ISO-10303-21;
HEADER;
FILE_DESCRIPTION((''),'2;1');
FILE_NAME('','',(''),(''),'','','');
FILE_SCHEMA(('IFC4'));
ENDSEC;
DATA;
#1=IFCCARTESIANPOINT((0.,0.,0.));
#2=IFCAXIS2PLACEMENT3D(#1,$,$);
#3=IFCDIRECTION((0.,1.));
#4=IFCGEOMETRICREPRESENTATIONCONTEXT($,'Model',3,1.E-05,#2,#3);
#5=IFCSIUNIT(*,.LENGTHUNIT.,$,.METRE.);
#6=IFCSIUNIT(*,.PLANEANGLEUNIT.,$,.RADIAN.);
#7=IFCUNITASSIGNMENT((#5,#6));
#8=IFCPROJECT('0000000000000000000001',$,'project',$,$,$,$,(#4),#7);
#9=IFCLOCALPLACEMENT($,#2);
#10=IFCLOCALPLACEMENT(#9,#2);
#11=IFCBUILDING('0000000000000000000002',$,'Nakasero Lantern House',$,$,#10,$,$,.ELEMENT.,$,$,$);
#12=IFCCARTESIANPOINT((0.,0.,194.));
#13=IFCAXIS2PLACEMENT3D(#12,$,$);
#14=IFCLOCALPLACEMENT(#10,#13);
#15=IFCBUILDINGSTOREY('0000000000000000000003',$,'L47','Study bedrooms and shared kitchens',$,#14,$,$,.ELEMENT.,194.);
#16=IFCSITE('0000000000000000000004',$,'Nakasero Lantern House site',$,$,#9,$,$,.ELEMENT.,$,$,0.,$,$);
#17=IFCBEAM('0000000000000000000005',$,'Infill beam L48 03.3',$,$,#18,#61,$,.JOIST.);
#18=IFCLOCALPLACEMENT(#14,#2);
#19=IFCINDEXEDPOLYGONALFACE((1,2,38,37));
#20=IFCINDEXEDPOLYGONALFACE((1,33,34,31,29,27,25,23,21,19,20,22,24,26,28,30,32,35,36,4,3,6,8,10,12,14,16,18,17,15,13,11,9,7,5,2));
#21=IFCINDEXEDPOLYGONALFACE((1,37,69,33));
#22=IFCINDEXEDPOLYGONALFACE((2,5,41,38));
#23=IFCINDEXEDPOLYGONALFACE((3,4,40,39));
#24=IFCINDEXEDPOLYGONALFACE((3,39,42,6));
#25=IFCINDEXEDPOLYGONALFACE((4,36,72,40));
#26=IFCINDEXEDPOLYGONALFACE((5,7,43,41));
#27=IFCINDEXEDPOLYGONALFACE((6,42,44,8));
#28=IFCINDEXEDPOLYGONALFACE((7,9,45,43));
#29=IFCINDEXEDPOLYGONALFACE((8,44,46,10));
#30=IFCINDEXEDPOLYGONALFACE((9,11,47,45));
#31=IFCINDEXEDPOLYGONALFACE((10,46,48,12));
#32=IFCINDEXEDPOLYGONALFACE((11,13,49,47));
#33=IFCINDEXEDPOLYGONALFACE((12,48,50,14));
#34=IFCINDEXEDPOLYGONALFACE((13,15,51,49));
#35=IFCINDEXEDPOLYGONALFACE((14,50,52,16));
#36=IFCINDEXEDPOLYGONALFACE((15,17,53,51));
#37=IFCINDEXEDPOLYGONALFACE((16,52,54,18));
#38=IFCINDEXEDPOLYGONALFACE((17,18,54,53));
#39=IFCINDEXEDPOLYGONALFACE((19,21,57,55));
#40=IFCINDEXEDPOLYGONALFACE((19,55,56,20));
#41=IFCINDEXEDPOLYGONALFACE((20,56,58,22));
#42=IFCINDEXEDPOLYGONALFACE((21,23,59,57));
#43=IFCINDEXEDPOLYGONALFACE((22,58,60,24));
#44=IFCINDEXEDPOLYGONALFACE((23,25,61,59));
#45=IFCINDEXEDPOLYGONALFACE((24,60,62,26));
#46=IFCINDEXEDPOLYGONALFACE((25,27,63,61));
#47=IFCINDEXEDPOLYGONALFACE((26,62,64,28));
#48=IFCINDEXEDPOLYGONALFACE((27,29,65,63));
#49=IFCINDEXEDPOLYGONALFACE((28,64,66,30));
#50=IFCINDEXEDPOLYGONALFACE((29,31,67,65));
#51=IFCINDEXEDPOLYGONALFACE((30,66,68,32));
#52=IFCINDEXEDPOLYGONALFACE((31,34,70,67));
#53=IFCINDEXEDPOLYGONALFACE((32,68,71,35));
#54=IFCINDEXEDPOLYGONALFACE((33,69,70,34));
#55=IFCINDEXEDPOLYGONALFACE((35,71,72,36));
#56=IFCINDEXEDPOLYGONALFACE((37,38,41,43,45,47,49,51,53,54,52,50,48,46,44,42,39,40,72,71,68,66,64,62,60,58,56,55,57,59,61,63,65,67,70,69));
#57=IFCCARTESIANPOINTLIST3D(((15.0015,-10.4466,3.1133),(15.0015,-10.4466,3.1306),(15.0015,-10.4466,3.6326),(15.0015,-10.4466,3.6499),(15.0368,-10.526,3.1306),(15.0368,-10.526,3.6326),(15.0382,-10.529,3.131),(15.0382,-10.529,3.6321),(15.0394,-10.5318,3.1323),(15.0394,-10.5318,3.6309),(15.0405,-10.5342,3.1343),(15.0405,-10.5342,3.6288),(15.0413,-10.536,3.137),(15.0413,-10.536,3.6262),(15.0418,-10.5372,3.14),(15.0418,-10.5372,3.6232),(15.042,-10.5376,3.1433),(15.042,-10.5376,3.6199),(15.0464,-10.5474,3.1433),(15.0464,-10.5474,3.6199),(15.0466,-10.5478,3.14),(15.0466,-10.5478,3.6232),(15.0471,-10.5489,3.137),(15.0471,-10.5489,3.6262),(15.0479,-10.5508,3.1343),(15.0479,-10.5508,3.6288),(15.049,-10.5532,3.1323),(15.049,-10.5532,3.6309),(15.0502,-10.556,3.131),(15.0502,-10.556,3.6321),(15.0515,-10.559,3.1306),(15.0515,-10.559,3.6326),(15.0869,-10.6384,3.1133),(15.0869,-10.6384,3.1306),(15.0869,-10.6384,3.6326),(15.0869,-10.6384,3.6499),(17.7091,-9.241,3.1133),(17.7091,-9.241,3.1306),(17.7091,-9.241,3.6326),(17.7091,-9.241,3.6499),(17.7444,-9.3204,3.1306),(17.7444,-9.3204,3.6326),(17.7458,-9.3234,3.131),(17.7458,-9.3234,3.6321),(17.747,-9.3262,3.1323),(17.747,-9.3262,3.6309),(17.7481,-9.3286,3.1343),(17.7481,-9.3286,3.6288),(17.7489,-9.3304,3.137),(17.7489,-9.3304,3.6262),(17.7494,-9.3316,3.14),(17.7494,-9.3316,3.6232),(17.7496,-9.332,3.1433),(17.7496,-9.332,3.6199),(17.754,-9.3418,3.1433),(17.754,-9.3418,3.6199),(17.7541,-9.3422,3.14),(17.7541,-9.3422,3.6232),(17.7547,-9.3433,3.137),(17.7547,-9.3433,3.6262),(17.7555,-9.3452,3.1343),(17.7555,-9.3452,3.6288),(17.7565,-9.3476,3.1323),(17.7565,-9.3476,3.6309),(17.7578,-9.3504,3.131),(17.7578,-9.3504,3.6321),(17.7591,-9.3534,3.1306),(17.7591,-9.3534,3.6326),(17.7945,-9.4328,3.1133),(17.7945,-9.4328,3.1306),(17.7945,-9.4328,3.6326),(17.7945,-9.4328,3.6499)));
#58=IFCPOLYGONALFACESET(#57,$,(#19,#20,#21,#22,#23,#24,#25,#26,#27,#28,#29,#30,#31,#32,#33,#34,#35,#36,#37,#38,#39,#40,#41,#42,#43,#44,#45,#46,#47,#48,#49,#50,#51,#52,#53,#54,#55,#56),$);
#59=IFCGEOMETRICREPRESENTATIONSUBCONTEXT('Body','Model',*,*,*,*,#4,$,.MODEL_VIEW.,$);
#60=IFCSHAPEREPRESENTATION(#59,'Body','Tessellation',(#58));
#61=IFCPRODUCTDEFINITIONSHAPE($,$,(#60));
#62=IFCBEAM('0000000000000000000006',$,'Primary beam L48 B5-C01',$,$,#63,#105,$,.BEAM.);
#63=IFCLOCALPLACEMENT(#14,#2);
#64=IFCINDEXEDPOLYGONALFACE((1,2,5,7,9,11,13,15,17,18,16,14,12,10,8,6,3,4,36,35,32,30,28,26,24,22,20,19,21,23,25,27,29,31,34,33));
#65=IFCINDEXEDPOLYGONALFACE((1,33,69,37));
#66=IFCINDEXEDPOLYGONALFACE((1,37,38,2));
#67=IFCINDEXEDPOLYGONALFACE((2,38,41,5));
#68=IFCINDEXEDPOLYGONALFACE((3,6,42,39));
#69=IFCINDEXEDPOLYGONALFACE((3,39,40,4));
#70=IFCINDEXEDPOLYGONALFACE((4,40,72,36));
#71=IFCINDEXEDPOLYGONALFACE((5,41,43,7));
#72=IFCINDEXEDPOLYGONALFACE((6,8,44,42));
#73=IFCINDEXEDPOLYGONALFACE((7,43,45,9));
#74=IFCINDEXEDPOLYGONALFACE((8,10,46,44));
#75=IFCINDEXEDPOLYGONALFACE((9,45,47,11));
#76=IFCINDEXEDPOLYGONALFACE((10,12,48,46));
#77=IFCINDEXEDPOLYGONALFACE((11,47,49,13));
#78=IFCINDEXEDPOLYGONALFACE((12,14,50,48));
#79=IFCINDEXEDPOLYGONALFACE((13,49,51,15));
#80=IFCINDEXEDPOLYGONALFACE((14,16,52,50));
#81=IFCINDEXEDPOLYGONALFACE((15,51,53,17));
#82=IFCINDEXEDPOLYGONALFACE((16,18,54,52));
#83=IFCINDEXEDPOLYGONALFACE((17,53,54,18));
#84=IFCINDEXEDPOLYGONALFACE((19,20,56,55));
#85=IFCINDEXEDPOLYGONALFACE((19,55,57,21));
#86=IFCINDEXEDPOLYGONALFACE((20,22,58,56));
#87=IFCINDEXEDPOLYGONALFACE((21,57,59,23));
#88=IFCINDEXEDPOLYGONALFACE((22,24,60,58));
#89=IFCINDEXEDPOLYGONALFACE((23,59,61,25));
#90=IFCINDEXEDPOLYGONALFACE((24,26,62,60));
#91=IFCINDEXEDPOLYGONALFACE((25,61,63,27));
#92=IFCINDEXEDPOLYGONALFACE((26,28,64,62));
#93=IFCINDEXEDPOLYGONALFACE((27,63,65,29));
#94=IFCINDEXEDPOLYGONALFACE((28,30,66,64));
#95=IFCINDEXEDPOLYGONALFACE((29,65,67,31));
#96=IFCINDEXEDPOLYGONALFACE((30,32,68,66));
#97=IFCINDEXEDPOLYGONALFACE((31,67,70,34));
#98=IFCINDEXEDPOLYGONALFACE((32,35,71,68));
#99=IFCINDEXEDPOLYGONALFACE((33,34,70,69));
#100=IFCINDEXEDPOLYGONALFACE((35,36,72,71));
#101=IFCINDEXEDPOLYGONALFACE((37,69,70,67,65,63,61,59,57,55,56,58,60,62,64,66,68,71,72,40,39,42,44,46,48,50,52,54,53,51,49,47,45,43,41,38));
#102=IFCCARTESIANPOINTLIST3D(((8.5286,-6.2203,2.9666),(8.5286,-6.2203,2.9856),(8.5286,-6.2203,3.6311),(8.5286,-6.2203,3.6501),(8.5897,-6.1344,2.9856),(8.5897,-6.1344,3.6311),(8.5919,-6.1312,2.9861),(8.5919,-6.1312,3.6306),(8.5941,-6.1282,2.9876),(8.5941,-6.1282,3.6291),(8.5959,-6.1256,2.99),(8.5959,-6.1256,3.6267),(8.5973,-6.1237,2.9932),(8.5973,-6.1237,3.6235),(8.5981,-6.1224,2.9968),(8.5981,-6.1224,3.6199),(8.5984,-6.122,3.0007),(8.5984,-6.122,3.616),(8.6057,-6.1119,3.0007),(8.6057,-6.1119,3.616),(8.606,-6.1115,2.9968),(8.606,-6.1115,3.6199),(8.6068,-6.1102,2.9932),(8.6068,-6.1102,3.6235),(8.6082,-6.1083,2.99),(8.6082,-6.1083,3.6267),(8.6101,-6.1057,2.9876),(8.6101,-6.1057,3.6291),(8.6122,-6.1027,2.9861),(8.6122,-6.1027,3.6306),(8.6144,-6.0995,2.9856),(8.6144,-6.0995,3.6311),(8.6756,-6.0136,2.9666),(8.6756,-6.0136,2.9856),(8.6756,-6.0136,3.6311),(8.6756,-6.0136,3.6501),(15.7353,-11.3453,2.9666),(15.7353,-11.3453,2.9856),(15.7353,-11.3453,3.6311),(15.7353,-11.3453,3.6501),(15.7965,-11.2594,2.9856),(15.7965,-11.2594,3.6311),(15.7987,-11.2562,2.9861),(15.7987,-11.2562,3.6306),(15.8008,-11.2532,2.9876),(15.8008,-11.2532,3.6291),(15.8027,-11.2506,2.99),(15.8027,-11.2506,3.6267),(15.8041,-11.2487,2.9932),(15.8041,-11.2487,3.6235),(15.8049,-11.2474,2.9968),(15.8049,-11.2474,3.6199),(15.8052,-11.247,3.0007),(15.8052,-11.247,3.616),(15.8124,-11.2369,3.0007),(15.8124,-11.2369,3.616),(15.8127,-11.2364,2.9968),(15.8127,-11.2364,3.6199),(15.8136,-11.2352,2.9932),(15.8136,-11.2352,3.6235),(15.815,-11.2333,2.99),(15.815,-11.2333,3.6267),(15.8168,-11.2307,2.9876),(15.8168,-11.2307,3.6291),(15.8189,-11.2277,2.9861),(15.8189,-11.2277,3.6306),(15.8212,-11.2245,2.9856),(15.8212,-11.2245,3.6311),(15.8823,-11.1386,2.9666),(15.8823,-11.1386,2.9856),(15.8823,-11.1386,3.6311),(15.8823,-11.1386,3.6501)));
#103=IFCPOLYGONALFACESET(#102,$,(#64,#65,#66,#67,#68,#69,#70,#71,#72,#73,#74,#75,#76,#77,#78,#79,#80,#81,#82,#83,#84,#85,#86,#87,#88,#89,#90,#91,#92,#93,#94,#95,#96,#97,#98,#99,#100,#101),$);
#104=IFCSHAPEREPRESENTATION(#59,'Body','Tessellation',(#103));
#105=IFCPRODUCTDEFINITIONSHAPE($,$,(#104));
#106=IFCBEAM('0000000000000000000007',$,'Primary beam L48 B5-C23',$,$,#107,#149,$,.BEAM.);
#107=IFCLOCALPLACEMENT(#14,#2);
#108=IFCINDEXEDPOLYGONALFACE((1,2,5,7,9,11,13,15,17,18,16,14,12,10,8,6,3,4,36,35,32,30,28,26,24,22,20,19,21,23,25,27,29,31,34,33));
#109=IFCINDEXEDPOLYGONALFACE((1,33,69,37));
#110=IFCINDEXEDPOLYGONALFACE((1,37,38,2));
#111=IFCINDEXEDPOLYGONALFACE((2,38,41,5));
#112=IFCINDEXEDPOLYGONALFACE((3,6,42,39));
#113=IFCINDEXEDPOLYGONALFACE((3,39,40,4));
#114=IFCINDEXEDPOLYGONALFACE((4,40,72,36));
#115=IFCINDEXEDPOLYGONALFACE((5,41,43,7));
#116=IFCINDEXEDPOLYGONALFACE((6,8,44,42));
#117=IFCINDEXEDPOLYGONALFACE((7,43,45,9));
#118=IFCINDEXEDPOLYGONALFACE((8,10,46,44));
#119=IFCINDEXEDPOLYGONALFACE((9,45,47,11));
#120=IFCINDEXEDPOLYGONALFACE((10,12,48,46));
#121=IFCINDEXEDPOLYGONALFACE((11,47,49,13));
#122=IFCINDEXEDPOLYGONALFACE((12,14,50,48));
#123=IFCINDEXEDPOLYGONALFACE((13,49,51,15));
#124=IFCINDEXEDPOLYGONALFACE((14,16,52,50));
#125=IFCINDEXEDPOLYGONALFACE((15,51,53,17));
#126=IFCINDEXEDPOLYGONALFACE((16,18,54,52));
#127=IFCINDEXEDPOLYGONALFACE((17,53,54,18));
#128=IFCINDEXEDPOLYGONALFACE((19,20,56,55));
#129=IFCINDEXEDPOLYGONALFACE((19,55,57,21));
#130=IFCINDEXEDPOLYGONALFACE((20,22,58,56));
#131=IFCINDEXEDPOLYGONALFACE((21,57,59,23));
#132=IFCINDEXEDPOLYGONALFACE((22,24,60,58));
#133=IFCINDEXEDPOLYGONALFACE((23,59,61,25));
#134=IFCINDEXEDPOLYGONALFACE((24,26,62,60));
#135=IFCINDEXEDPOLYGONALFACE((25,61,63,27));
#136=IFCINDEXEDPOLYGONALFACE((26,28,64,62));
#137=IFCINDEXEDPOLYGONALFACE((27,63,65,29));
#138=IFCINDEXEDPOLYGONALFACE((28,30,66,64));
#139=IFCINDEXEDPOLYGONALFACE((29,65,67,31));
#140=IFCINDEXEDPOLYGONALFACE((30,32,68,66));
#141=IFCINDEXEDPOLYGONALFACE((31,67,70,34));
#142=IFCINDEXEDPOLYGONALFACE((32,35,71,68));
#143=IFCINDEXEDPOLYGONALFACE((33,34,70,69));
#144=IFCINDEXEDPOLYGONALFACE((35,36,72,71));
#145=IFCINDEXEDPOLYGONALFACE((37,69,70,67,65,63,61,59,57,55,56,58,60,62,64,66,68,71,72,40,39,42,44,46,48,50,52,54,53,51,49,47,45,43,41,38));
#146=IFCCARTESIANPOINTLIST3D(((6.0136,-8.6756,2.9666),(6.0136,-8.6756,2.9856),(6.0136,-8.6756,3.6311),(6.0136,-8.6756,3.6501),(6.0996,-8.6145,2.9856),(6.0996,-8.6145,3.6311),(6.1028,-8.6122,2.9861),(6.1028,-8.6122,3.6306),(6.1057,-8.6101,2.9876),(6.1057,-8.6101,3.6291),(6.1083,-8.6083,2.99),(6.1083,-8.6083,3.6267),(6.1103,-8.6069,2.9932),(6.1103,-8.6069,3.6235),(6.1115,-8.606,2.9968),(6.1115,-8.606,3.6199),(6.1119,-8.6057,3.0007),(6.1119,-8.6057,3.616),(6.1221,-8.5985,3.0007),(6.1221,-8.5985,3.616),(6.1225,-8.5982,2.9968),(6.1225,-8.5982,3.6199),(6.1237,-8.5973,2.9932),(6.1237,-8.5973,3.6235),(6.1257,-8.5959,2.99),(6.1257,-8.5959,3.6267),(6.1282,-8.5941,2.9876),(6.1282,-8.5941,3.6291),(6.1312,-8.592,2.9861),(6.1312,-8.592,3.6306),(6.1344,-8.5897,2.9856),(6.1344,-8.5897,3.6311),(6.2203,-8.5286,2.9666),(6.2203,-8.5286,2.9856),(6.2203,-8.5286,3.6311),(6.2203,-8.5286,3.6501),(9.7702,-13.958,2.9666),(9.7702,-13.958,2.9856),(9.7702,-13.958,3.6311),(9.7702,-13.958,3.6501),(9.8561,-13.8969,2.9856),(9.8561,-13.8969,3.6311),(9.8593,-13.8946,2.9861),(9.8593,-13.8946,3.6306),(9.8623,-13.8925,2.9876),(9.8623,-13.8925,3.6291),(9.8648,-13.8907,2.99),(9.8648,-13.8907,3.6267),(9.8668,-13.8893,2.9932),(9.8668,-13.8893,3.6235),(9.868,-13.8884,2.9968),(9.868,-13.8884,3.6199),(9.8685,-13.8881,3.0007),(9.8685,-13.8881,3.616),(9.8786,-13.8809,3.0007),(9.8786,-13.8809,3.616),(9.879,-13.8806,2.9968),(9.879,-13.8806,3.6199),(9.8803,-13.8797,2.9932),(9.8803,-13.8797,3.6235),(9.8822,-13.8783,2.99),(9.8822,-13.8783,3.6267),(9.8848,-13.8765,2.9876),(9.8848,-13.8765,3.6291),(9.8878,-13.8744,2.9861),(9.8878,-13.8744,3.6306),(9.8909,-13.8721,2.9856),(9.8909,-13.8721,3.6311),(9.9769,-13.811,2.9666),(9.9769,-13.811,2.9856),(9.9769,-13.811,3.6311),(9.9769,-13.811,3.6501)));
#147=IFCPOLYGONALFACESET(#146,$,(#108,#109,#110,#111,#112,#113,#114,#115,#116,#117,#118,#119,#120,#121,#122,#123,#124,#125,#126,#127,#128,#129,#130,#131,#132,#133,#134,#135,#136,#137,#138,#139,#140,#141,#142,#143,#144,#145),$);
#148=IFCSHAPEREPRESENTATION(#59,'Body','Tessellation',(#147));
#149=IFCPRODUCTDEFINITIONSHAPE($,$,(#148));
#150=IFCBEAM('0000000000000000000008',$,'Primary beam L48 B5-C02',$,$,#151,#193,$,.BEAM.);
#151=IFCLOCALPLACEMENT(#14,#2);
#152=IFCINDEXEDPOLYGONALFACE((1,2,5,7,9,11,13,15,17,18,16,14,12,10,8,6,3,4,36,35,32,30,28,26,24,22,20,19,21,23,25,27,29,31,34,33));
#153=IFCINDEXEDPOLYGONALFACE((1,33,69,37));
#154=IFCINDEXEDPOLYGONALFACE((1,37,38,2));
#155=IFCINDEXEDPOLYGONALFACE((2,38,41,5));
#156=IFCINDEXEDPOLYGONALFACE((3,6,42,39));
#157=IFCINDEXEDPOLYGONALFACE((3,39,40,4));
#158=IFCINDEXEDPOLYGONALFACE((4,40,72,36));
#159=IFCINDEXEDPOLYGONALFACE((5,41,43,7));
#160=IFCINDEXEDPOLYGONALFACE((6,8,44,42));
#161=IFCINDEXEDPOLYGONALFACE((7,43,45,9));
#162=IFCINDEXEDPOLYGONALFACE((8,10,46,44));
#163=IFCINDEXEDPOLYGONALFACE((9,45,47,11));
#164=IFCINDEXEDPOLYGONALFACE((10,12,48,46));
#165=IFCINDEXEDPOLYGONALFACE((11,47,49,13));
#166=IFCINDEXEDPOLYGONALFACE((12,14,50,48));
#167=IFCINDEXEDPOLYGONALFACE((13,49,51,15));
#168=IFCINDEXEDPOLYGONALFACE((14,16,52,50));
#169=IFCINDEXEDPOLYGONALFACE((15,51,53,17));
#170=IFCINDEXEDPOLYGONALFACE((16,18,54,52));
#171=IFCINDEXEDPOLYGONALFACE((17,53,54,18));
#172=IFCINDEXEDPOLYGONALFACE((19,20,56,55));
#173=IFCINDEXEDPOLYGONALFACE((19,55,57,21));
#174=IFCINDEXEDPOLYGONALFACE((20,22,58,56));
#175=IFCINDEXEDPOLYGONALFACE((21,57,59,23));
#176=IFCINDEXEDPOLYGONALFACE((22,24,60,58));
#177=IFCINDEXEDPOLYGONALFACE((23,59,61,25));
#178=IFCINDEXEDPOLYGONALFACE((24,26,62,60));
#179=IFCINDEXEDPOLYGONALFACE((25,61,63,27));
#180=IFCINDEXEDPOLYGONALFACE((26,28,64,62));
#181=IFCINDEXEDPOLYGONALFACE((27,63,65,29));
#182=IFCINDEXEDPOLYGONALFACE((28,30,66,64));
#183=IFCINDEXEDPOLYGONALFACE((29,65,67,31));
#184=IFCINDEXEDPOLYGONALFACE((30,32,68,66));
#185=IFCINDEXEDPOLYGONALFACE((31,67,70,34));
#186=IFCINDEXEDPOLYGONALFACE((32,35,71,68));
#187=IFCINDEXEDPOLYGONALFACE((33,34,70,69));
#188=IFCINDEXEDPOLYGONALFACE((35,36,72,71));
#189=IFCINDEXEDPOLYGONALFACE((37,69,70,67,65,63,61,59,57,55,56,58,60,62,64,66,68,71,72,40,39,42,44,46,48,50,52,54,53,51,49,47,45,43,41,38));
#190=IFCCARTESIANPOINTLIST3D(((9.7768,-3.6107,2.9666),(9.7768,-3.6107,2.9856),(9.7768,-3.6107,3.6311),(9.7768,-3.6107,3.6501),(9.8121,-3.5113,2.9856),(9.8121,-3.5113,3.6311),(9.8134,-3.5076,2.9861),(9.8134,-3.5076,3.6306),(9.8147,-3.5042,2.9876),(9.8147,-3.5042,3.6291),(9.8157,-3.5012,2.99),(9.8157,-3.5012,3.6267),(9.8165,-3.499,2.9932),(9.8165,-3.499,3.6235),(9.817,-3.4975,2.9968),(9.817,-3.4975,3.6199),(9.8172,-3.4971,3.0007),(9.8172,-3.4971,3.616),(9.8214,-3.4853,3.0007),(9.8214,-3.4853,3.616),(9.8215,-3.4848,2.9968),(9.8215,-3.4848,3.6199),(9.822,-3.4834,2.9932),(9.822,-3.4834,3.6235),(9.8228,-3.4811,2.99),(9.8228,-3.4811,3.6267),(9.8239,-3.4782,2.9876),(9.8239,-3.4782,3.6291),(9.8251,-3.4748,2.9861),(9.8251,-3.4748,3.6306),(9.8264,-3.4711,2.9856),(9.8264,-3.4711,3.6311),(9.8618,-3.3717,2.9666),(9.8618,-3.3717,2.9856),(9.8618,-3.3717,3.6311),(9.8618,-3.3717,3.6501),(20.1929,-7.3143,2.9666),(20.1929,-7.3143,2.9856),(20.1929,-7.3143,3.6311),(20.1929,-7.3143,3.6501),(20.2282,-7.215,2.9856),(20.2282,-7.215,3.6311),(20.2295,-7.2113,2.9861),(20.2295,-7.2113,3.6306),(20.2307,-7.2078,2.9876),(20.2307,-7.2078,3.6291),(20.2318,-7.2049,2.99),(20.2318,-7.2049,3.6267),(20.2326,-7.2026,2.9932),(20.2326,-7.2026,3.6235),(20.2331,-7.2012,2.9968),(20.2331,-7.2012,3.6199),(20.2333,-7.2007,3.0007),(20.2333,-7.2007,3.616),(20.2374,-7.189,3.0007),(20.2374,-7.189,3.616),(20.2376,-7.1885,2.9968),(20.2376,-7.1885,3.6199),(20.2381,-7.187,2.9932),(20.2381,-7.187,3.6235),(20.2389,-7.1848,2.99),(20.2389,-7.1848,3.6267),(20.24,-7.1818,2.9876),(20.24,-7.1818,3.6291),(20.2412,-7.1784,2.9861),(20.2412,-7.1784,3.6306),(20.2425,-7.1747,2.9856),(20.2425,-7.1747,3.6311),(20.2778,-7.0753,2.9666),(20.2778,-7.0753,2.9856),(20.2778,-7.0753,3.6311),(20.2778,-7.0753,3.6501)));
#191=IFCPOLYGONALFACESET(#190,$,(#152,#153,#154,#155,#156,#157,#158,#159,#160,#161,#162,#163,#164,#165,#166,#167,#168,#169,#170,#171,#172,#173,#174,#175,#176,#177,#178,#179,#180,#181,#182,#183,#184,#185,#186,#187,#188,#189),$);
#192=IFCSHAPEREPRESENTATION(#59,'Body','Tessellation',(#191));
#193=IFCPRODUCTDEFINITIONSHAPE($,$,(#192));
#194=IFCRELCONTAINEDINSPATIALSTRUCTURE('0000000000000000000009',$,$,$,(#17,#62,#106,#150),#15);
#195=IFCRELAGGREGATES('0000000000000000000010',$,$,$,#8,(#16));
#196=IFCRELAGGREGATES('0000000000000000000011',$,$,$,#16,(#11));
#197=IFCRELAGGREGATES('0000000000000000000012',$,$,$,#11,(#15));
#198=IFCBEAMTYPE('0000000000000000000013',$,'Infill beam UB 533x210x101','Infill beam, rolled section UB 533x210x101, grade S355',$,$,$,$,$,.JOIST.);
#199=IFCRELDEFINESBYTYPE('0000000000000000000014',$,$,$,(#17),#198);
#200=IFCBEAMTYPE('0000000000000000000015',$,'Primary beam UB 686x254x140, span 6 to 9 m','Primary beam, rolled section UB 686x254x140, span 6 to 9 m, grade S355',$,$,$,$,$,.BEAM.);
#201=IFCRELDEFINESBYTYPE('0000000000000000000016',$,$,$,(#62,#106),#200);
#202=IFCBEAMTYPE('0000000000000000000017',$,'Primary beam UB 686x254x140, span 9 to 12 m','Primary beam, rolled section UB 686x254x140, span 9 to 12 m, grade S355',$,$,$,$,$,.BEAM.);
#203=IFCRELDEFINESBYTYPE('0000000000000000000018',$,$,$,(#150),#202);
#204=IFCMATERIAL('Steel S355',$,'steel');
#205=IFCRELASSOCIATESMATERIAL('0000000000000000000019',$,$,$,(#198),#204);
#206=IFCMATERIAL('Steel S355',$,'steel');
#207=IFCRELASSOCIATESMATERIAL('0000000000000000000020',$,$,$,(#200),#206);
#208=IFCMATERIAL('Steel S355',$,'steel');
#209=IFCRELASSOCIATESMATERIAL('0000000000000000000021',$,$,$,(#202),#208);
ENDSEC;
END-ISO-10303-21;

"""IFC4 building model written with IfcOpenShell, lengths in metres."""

from ifc_helpers import new_model, si_unit, direction, frame, origin, origin_2d, place, context, subcontext, project, spatial, i_section, extrude, material, material_profile, profile_set, type_object, element, save


model = new_model("IFC4")

# Units and contexts
model_context = context("Model", 3, precision=1e-05, world=origin(), true_north=direction((0.0, 1.0)))
body_context = subcontext(model_context, "Body", "Model", "MODEL_VIEW")
ifc_project = project(units=[si_unit("LENGTHUNIT", "METRE"), si_unit("PLANEANGLEUNIT", "RADIAN")], contexts=[model_context])

# Site, building, storey
site_placement = place(None, origin())
site = spatial("IfcSite", under=ifc_project, at=site_placement, Name="Nakasero Lantern House site", CompositionType="ELEMENT", RefElevation=0.0)
building_placement = place(site_placement, origin())
building = spatial("IfcBuilding", under=site, at=building_placement, Name="Nakasero Lantern House", CompositionType="ELEMENT")
storey_placement = place(building_placement, frame((0.0, 0.0, 194.0)))
storey = spatial("IfcBuildingStorey", under=building, at=storey_placement, Name="L47", Description="Study bedrooms and shared kitchens", CompositionType="ELEMENT", Elevation=194.0)

# Beams
ifc_material_1 = material(Name="Steel S355", Category="steel")
ifc_material_profile_1 = material_profile(ifc_material_1, i_section(OverallWidth=0.21, OverallDepth=0.5366, WebThickness=0.0107, FlangeThickness=0.0173, FilletRadius=0.0127, at=origin_2d()), Name="UB 533x210x101")
ifc_profile_set_1 = profile_set([ifc_material_profile_1], Name="Steel S355")
beam_type_1 = type_object("IfcBeamType", Name="Infill beam UB 533x210x101", Description="Infill beam, rolled section UB 533x210x101, grade S355", PredefinedType="JOIST", material=ifc_profile_set_1)
beam_1_placement = place(storey_placement, frame((15.0442, -10.5425, 3.3816), z_axis=(0.913533, 0.406765, 0.0), x_axis=(-0.406765, 0.913533, 0.0)))
element("IfcBeam", 1, at=beam_1_placement, inside=storey, type_object=beam_type_1, Name="Infill beam L48 03.3", PredefinedType="JOIST", context=body_context, shape_type="SweptSolid", body=[
    extrude(i_section(OverallWidth=0.21, OverallDepth=0.5366, WebThickness=0.0107, FlangeThickness=0.0173, FilletRadius=0.0127, at=origin_2d()), origin(), (0.0, 0.0, 1.0), 2.9639),
])
ifc_material_2 = material(Name="Steel S355", Category="steel")
ifc_material_profile_2 = material_profile(ifc_material_2, i_section(OverallWidth=0.2537, OverallDepth=0.6836, WebThickness=0.0125, FlangeThickness=0.019, FilletRadius=0.0151, at=origin_2d()), Name="UB 686x254x140")
ifc_profile_set_2 = profile_set([ifc_material_profile_2], Name="Steel S355")
beam_type_2 = type_object("IfcBeamType", Name="Primary beam UB 686x254x140, span 6 to 9 m", Description="Primary beam, rolled section UB 686x254x140, span 6 to 9 m, grade S355", PredefinedType="BEAM", material=ifc_profile_set_2)
beam_2_placement = place(storey_placement, frame((15.8088, -11.2419, 3.3083), z_axis=(-0.814946, 0.579537, 0.0), x_axis=(-0.579537, -0.814946, 0.0)))
element("IfcBeam", 2, at=beam_2_placement, inside=storey, type_object=beam_type_2, Name="Primary beam L48 B5-C01", PredefinedType="BEAM", context=body_context, shape_type="SweptSolid", body=[
    extrude(i_section(OverallWidth=0.2537, OverallDepth=0.6836, WebThickness=0.0125, FlangeThickness=0.019, FilletRadius=0.0151, at=origin_2d()), origin(), (0.0, 0.0, 1.0), 8.8433),
])
beam_3_placement = place(storey_placement, frame((9.8735, -13.8845, 3.3083), z_axis=(-0.579541, 0.814943, 0.0), x_axis=(-0.814943, -0.579541, 0.0)))
element("IfcBeam", 3, at=beam_3_placement, inside=storey, type_object=beam_type_2, Name="Primary beam L48 B5-C23", PredefinedType="BEAM", context=body_context, shape_type="SweptSolid", body=[
    extrude(i_section(OverallWidth=0.2537, OverallDepth=0.6836, WebThickness=0.0125, FlangeThickness=0.019, FilletRadius=0.0151, at=origin_2d()), origin(), (0.0, 0.0, 1.0), 6.4819),
])
ifc_material_3 = material(Name="Steel S355", Category="steel")
ifc_material_profile_3 = material_profile(ifc_material_3, i_section(OverallWidth=0.2537, OverallDepth=0.6836, WebThickness=0.0125, FlangeThickness=0.019, FilletRadius=0.0151, at=origin_2d()), Name="UB 686x254x140")
ifc_profile_set_3 = profile_set([ifc_material_profile_3], Name="Steel S355")
beam_type_3 = type_object("IfcBeamType", Name="Primary beam UB 686x254x140, span 9 to 12 m", Description="Primary beam, rolled section UB 686x254x140, span 9 to 12 m, grade S355", PredefinedType="BEAM", material=ifc_profile_set_3)
beam_4_placement = place(storey_placement, frame((20.2354, -7.1948, 3.3083), z_axis=(-0.942211, 0.335021, 0.0), x_axis=(-0.335021, -0.942211, 0.0)))
element("IfcBeam", 4, at=beam_4_placement, inside=storey, type_object=beam_type_3, Name="Primary beam L48 B5-C02", PredefinedType="BEAM", context=body_context, shape_type="SweptSolid", body=[
    extrude(i_section(OverallWidth=0.2537, OverallDepth=0.6836, WebThickness=0.0125, FlangeThickness=0.019, FilletRadius=0.0151, at=origin_2d()), origin(), (0.0, 0.0, 1.0), 11.0549),
])

save(model, "model.ifc")
